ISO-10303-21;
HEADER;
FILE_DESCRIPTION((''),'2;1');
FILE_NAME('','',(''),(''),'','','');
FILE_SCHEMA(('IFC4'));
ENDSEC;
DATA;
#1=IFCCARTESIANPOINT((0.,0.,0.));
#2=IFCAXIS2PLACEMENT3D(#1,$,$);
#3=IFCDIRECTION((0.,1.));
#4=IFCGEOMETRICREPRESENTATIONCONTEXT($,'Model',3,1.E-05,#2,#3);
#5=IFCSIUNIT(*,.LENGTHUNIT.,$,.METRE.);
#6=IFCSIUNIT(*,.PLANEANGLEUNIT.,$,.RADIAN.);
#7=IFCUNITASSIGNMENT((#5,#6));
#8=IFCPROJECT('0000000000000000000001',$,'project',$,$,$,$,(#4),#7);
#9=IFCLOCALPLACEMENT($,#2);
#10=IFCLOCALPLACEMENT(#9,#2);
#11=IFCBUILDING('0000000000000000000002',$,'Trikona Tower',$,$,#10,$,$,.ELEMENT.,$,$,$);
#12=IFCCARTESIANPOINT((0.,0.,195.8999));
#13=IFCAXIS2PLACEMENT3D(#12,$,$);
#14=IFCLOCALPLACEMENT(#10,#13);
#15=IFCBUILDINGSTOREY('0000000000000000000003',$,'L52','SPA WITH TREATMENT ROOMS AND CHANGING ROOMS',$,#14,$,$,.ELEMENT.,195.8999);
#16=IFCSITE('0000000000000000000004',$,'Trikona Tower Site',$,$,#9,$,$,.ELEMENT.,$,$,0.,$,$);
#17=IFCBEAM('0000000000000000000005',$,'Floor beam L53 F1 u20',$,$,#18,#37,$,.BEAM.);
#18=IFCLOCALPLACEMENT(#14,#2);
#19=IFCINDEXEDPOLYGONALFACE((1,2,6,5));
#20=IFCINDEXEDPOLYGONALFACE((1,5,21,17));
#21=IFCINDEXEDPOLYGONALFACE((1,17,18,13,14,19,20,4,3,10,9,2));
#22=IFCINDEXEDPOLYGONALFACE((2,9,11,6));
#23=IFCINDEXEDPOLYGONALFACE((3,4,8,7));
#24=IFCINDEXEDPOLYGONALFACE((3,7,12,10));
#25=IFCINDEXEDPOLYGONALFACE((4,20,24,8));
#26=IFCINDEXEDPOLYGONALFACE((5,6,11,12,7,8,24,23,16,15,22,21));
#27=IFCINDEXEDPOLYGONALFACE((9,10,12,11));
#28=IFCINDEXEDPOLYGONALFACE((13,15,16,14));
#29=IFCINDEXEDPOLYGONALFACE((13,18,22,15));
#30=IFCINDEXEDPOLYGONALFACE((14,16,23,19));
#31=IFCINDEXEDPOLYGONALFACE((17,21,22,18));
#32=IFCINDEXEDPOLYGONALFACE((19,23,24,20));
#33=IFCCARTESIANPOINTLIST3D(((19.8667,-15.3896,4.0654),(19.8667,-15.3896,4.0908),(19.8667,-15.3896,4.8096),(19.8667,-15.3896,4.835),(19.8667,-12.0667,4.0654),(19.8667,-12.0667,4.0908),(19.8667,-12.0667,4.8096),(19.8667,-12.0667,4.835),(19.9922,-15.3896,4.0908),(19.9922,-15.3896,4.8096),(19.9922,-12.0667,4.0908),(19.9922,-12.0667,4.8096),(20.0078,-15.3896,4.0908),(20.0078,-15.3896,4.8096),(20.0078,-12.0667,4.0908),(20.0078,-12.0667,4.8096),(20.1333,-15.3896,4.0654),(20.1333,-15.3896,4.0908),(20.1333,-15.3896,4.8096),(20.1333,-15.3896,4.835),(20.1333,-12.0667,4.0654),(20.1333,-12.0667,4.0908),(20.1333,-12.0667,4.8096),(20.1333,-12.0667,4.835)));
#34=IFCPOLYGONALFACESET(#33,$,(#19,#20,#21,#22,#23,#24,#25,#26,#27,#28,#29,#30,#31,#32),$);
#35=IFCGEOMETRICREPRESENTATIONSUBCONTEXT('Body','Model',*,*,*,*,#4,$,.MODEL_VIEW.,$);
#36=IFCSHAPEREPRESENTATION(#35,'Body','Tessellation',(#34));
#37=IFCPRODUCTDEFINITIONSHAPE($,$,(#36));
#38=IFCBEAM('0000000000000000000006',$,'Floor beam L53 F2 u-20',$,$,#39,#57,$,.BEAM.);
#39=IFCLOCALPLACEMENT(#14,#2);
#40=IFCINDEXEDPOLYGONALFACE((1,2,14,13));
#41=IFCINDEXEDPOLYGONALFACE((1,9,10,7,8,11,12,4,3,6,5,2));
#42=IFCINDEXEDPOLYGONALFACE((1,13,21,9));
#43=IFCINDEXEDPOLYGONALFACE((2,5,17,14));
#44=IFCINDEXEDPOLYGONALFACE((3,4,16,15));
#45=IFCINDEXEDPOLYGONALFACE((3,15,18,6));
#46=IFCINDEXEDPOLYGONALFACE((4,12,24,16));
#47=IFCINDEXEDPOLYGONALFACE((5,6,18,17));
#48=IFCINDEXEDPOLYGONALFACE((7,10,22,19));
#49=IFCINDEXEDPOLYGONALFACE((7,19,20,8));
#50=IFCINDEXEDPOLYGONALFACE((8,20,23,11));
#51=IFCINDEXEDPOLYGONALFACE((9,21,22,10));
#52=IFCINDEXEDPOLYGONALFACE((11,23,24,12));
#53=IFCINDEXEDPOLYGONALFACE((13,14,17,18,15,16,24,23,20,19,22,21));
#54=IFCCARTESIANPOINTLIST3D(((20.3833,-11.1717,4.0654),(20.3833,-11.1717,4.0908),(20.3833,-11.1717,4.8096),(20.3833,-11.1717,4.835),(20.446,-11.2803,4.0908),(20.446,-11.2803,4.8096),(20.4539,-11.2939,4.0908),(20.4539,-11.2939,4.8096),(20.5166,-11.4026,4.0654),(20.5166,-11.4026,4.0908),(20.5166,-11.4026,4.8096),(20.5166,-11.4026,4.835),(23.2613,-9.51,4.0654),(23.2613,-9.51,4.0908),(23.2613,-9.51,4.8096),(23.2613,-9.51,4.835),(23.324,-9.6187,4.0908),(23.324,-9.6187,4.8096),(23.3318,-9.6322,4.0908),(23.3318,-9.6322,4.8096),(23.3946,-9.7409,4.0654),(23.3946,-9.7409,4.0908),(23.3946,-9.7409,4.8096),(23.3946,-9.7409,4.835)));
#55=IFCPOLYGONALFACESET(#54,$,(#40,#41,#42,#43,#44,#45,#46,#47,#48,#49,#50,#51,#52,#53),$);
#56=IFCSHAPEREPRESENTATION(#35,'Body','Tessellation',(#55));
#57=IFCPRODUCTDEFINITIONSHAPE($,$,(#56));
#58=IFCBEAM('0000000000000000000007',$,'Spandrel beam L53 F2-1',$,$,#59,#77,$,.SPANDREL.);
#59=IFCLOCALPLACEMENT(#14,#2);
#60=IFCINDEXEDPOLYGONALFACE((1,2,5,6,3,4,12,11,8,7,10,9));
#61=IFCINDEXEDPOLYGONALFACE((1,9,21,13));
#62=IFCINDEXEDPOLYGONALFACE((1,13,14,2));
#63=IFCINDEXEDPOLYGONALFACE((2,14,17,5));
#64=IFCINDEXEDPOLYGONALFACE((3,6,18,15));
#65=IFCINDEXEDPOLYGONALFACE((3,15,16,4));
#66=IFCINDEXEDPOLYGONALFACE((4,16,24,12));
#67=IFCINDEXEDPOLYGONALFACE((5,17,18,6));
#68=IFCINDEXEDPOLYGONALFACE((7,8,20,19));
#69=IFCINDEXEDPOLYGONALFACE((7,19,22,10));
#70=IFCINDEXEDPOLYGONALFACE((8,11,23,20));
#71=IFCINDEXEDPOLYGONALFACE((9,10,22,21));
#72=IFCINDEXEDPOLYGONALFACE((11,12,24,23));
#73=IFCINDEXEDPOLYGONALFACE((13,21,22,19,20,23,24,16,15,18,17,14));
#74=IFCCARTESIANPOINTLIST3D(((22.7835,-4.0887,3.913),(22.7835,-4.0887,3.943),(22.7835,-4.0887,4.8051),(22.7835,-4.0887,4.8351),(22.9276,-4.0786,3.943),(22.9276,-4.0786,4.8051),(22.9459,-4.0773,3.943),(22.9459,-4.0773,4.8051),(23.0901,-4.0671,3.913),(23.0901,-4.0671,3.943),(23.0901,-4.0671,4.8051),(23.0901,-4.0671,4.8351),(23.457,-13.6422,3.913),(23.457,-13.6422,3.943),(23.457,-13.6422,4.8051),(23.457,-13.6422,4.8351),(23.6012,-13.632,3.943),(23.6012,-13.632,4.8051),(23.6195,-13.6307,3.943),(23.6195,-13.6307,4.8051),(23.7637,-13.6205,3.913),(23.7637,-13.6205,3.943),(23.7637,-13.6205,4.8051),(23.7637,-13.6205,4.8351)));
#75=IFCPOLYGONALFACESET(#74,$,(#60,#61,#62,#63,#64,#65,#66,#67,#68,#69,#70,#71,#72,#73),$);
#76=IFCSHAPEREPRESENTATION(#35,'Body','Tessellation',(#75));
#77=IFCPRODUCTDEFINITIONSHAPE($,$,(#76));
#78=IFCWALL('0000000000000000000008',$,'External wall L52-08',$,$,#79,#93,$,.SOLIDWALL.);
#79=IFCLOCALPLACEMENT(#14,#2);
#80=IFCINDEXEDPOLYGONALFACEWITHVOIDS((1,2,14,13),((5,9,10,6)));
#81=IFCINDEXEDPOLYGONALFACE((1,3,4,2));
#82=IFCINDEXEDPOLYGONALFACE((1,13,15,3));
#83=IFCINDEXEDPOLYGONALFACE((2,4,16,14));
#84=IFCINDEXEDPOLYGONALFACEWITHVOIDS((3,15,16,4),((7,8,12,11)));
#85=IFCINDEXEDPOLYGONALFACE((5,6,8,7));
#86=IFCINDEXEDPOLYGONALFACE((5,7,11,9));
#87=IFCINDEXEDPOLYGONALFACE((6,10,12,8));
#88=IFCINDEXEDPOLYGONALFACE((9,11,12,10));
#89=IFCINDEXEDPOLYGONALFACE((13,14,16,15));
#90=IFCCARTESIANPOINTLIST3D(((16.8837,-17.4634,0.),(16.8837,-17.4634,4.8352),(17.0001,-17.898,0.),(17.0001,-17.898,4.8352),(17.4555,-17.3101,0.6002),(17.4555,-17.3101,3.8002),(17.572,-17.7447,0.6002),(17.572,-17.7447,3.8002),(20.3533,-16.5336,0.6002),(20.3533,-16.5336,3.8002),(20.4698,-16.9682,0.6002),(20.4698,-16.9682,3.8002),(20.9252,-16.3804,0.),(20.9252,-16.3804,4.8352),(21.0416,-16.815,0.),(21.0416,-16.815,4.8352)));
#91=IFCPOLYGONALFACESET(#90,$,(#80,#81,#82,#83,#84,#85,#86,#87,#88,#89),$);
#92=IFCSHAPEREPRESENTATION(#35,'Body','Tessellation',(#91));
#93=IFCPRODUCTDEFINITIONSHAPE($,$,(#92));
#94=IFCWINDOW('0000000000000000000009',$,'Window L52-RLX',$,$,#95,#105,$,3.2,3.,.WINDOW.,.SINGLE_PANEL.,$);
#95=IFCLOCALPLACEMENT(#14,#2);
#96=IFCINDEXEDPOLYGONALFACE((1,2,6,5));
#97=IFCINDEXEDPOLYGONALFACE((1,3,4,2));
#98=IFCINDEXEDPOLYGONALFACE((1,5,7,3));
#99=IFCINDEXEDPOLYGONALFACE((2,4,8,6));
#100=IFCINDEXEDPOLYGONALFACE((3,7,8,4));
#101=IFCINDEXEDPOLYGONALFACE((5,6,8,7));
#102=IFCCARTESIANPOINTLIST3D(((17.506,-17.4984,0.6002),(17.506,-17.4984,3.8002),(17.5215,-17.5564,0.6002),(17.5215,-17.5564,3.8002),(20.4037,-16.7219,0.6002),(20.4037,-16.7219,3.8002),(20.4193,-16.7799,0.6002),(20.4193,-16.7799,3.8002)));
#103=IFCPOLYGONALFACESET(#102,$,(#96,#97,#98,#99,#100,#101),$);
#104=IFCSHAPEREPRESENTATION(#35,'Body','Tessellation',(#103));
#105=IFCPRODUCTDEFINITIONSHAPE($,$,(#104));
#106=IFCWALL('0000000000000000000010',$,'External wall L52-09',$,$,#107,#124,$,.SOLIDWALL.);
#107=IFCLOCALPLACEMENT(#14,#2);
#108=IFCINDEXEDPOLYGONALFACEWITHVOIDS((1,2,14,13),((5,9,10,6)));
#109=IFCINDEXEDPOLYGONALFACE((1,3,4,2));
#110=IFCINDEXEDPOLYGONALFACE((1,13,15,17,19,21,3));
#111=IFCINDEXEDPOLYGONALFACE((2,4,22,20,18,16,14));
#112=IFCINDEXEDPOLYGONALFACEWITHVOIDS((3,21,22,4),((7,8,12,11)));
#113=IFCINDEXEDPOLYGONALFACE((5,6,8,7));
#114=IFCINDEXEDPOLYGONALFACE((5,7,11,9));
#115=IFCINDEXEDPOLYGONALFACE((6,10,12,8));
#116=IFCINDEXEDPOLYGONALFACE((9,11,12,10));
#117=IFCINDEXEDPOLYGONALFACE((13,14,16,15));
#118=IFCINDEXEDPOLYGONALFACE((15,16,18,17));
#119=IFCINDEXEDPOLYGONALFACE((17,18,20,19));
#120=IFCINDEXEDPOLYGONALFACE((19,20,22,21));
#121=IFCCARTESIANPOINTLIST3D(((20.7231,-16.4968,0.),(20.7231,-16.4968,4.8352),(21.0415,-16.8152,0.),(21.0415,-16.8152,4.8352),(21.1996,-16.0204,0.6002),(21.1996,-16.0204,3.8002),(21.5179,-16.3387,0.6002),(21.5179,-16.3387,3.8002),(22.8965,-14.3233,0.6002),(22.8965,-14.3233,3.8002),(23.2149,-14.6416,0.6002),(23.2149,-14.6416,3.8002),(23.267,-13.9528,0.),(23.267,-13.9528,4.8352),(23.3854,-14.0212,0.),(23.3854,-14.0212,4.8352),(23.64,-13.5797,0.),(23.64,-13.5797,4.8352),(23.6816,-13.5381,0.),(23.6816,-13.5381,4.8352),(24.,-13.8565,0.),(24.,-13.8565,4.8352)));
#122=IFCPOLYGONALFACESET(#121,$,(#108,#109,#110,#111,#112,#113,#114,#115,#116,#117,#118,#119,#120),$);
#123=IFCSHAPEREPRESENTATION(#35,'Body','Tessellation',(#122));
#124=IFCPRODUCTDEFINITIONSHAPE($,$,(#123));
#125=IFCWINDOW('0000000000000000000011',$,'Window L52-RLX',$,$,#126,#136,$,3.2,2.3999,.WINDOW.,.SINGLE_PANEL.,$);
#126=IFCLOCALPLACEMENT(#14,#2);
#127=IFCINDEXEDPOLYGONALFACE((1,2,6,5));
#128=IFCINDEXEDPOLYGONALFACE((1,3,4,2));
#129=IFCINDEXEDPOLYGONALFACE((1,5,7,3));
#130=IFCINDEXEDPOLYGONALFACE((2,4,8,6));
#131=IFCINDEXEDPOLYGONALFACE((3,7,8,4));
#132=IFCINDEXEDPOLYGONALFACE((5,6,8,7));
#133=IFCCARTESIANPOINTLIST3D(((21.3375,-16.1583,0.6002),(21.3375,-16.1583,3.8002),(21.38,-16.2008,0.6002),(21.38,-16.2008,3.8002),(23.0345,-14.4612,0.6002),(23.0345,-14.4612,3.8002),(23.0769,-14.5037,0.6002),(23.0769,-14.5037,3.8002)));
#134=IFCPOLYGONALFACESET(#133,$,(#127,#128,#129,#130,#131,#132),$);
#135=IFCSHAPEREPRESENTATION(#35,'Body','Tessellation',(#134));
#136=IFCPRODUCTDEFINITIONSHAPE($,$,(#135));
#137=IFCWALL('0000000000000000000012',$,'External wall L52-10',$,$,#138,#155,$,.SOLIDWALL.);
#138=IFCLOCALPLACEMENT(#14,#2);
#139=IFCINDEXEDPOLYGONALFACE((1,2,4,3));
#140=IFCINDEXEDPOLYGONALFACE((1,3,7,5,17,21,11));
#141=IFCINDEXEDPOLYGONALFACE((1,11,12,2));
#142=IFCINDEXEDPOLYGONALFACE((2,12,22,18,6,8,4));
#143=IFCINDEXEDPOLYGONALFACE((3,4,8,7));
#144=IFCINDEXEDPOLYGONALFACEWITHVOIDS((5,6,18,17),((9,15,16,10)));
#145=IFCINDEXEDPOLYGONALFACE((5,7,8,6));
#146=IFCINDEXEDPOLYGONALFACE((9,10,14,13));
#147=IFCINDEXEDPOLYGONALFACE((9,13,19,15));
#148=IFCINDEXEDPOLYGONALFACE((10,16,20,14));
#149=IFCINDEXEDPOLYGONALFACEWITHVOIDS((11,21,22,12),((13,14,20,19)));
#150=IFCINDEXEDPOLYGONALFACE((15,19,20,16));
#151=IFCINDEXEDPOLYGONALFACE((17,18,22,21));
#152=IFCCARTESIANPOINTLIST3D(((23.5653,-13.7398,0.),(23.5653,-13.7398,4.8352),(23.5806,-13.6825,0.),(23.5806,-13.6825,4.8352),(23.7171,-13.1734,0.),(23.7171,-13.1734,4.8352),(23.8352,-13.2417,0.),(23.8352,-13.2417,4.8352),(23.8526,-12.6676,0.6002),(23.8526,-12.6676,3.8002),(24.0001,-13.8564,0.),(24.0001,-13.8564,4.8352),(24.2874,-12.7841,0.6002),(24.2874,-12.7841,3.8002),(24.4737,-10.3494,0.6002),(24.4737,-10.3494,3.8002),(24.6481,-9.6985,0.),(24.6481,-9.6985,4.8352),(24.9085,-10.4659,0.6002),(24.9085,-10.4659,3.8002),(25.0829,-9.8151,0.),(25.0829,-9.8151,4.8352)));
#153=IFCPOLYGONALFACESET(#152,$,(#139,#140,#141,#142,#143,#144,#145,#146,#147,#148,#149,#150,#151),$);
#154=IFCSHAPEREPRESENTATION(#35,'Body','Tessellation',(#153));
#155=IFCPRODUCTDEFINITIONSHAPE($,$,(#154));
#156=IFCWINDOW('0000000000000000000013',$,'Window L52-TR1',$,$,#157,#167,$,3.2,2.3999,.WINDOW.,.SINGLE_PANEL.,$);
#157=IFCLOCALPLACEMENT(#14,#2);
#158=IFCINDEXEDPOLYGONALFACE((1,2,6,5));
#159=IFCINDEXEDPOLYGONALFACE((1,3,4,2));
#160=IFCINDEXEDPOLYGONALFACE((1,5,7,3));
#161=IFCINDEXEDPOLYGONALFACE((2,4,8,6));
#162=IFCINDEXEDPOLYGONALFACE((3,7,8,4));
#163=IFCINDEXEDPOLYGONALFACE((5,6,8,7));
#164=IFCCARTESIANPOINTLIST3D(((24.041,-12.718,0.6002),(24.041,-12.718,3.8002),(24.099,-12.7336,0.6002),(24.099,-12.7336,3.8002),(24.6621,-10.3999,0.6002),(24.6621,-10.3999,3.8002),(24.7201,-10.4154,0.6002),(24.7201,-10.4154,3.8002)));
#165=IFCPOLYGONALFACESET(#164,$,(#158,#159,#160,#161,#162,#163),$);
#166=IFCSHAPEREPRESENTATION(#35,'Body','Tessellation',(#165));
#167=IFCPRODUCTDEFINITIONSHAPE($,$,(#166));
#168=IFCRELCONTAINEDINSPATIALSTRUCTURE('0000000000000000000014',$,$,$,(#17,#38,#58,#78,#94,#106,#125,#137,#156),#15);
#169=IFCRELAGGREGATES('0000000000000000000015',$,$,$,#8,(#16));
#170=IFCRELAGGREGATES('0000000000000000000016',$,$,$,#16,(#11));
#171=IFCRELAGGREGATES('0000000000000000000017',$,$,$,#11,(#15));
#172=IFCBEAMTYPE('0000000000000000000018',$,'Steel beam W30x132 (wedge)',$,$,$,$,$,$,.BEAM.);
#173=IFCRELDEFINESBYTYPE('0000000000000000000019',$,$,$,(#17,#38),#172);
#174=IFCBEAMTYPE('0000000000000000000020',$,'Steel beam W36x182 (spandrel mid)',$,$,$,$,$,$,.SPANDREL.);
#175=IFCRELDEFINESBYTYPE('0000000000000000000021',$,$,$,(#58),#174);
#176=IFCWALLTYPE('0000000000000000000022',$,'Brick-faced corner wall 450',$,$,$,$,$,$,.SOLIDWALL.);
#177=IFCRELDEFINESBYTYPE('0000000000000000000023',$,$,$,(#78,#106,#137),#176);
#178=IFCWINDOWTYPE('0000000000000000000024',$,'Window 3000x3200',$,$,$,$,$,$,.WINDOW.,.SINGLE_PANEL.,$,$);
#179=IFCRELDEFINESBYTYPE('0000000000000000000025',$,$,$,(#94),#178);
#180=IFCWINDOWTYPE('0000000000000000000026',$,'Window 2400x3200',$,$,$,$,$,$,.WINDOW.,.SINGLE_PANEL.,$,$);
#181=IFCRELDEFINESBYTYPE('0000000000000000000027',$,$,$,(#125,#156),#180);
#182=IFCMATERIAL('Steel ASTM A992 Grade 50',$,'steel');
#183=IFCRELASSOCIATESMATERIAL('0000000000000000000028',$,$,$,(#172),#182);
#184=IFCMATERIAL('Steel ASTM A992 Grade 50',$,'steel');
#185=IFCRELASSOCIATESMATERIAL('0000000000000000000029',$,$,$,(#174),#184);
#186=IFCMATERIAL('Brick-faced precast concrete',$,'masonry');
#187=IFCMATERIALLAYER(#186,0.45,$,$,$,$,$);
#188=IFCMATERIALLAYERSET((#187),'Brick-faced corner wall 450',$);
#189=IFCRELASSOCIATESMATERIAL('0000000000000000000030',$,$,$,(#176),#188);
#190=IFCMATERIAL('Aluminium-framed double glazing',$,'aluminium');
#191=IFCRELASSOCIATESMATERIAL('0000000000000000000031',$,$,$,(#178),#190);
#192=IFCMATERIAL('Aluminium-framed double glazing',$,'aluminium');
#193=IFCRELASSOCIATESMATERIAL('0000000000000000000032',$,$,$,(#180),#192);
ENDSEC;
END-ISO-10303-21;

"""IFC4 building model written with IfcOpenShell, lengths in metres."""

from ifc_helpers import new_model, si_unit, direction, frame, frame_2d, origin, origin_2d, place, context, subcontext, project, spatial, polyline, rectangle, i_section, outline, extrude, material, layer, layer_set, material_profile, profile_set, type_object, element, fill, save


model = new_model("IFC4")

# Units and contexts
model_context = context("Model", 3, precision=1e-05, world=origin(), true_north=direction((0.0, 1.0)))
body_context = subcontext(model_context, "Body", "Model", "MODEL_VIEW")
ifc_project = project(units=[si_unit("LENGTHUNIT", "METRE"), si_unit("PLANEANGLEUNIT", "RADIAN")], contexts=[model_context])

# Site, building, storey
site_placement = place(None, origin())
site = spatial("IfcSite", under=ifc_project, at=site_placement, Name="Trikona Tower Site", CompositionType="ELEMENT", RefElevation=0.0)
building_placement = place(site_placement, origin())
building = spatial("IfcBuilding", under=site, at=building_placement, Name="Trikona Tower", CompositionType="ELEMENT")
storey_placement = place(building_placement, frame((0.0, 0.0, 195.8999)))
storey = spatial("IfcBuildingStorey", under=building, at=storey_placement, Name="L52", Description="SPA WITH TREATMENT ROOMS AND CHANGING ROOMS", CompositionType="ELEMENT", Elevation=195.8999)

# Beams
ifc_material_1 = material(Name="Steel ASTM A992 Grade 50", Category="steel")
ifc_material_profile_1 = material_profile(ifc_material_1, i_section(OverallWidth=0.2666, OverallDepth=0.7695, WebThickness=0.0156, FlangeThickness=0.0254, at=origin_2d()), Name="W30X132")
ifc_profile_set_1 = profile_set([ifc_material_profile_1], Name="Steel ASTM A992 Grade 50")
beam_type_1 = type_object("IfcBeamType", Name="Steel beam W30x132 (wedge)", PredefinedType="BEAM", material=ifc_profile_set_1)
beam_1_placement = place(storey_placement, frame((20.0, -12.0667, 4.4502), z_axis=(0.0, -1.0, 0.0), x_axis=(1.0, 0.0, 0.0)))
element("IfcBeam", 1, at=beam_1_placement, inside=storey, type_object=beam_type_1, Name="Floor beam L53 F1 u20", PredefinedType="BEAM", context=body_context, shape_type="SweptSolid", body=[
    extrude(i_section(OverallWidth=0.2666, OverallDepth=0.7695, WebThickness=0.0156, FlangeThickness=0.0254, at=origin_2d()), origin(), (0.0, 0.0, 1.0), 3.323),
])
beam_2_placement = place(storey_placement, frame((20.45, -11.2871, 4.4502), z_axis=(0.866019, 0.500011, 0.0), x_axis=(-0.500011, 0.866019, 0.0)))
element("IfcBeam", 2, at=beam_2_placement, inside=storey, type_object=beam_type_1, Name="Floor beam L53 F2 u-20", PredefinedType="BEAM", context=body_context, shape_type="SweptSolid", body=[
    extrude(i_section(OverallWidth=0.2666, OverallDepth=0.7695, WebThickness=0.0156, FlangeThickness=0.0254, at=origin_2d()), origin(), (0.0, 0.0, 1.0), 3.3232),
])
ifc_material_2 = material(Name="Steel ASTM A992 Grade 50", Category="steel")
ifc_material_profile_2 = material_profile(ifc_material_2, i_section(OverallWidth=0.3074, OverallDepth=0.9221, WebThickness=0.0183, FlangeThickness=0.03, at=origin_2d()), Name="W36X182")
ifc_profile_set_2 = profile_set([ifc_material_profile_2], Name="Steel ASTM A992 Grade 50")
beam_type_2 = type_object("IfcBeamType", Name="Steel beam W36x182 (spandrel mid)", PredefinedType="SPANDREL", material=ifc_profile_set_2)
beam_3_placement = place(storey_placement, frame((23.6104, -13.6313, 4.374), z_axis=(-0.070332, 0.997524, 0.0), x_axis=(-0.997524, -0.070332, 0.0)))
element("IfcBeam", 3, at=beam_3_placement, inside=storey, type_object=beam_type_2, Name="Spandrel beam L53 F2-1", PredefinedType="SPANDREL", context=body_context, shape_type="SweptSolid", body=[
    extrude(i_section(OverallWidth=0.3074, OverallDepth=0.9221, WebThickness=0.0183, FlangeThickness=0.03, at=origin_2d()), origin(), (0.0, 0.0, 1.0), 9.5771),
])

# Walls, openings, windows
ifc_material_3 = material(Name="Brick-faced precast concrete", Category="masonry")
ifc_layer_1 = layer(ifc_material_3, 0.45)
ifc_layer_set_1 = layer_set([ifc_layer_1], Name="Brick-faced corner wall 450")
wall_type_1 = type_object("IfcWallType", Name="Brick-faced corner wall 450", PredefinedType="SOLIDWALL", material=ifc_layer_set_1)
wall_1_placement = place(storey_placement, frame((16.9419, -17.6807, 0.0), z_axis=(0.0, 0.0, 1.0), x_axis=(0.96592, 0.258839, 0.0)))
wall_1 = element("IfcWall", 4, at=wall_1_placement, inside=storey, type_object=wall_type_1, Name="External wall L52-08", PredefinedType="SOLIDWALL", context=body_context, shape_type="SweptSolid", body=[
    extrude(rectangle(XDim=4.1841, YDim=0.45, at=frame_2d((2.092, 0.0))), origin(), (0.0, 0.0, 1.0), 4.8352),
])
opening_1_placement = place(wall_1_placement, frame((0.592, 0.0, 0.6001)))
opening_1 = element("IfcOpeningElement", 5, at=opening_1_placement, cuts=wall_1, PredefinedType="OPENING", context=body_context, shape_type="SweptSolid", body=[
    extrude(rectangle(XDim=3.0, YDim=3.2, at=frame_2d((1.5, 1.6001))), frame((0.0, 0.2349, 0.0), z_axis=(0.0, -1.0, 0.0), x_axis=(1.0, 0.0, 0.0)), (0.0, 0.0, 1.0), 0.47),
])
ifc_material_4 = material(Name="Aluminium-framed double glazing", Category="aluminium")
window_type_1 = type_object("IfcWindowType", Name="Window 3000x3200", PartitioningType="SINGLE_PANEL", PredefinedType="WINDOW", material=ifc_material_4)
window_1_placement = place(opening_1_placement, origin())
window_1 = element("IfcWindow", 6, at=window_1_placement, inside=storey, type_object=window_type_1, Name="Window L52-RLX", OverallHeight=3.2, OverallWidth=3.0, PartitioningType="SINGLE_PANEL", PredefinedType="WINDOW", context=body_context, shape_type="SweptSolid", body=[
    extrude(rectangle(XDim=3.0, YDim=3.2, at=frame_2d((1.5, 1.6001))), frame((0.0, 0.03, 0.0), z_axis=(0.0, -1.0, 0.0), x_axis=(1.0, 0.0, 0.0)), (0.0, 0.0, 1.0), 0.0601),
])
fill(opening_1, window_1)
wall_2_placement = place(storey_placement, frame((20.8823, -16.656, 0.0), z_axis=(0.0, 0.0, 1.0), x_axis=(0.707078, 0.707136, 0.0)))
wall_2 = element("IfcWall", 7, at=wall_2_placement, inside=storey, type_object=wall_type_1, Name="External wall L52-09", PredefinedType="SOLIDWALL", context=body_context, shape_type="SweptSolid", body=[
    extrude(outline(polyline([(4.1841, 0.2251), (4.1252, 0.2251), (3.6331, 0.093), (3.5977, 0.2251), (0.0, 0.2251), (0.0, -0.2251), (4.1841, -0.2251), (4.1841, 0.2251)])), origin(), (0.0, 0.0, 1.0), 4.8352),
])
opening_2_placement = place(wall_2_placement, frame((0.6738, 0.0, 0.6001)))
opening_2 = element("IfcOpeningElement", 8, at=opening_2_placement, cuts=wall_2, PredefinedType="OPENING", context=body_context, shape_type="SweptSolid", body=[
    extrude(rectangle(XDim=2.3999, YDim=3.2, at=frame_2d((1.2, 1.6001))), frame((0.0, 0.2349, 0.0), z_axis=(0.0, -1.0, 0.0), x_axis=(1.0, 0.0, 0.0)), (0.0, 0.0, 1.0), 0.47),
])
ifc_material_5 = material(Name="Aluminium-framed double glazing", Category="aluminium")
window_type_2 = type_object("IfcWindowType", Name="Window 2400x3200", PartitioningType="SINGLE_PANEL", PredefinedType="WINDOW", material=ifc_material_5)
window_2_placement = place(opening_2_placement, origin())
window_2 = element("IfcWindow", 9, at=window_2_placement, inside=storey, type_object=window_type_2, Name="Window L52-RLX", OverallHeight=3.2, OverallWidth=2.3999, PartitioningType="SINGLE_PANEL", PredefinedType="WINDOW", context=body_context, shape_type="SweptSolid", body=[
    extrude(rectangle(XDim=2.3999, YDim=3.2, at=frame_2d((1.2, 1.6001))), frame((0.0, 0.03, 0.0), z_axis=(0.0, -1.0, 0.0), x_axis=(1.0, 0.0, 0.0)), (0.0, 0.0, 1.0), 0.0601),
])
fill(opening_2, window_2)
wall_3_placement = place(storey_placement, frame((23.7827, -13.7981, 0.0), z_axis=(0.0, 0.0, 1.0), x_axis=(0.258799, 0.965931, 0.0)))
wall_3 = element("IfcWall", 10, at=wall_3_placement, inside=storey, type_object=wall_type_1, Name="External wall L52-10", PredefinedType="SOLIDWALL", context=body_context, shape_type="SweptSolid", body=[
    extrude(outline(polyline([(4.1838, 0.2251), (0.5864, 0.2251), (0.551, 0.0933), (0.0593, 0.2251), (0.0, 0.2251), (0.0, -0.2251), (4.1838, -0.2251), (4.1838, 0.2251)])), origin(), (0.0, 0.0, 1.0), 4.8352),
])
opening_3_placement = place(wall_3_placement, frame((1.1101, 0.0, 0.6001)))
opening_3 = element("IfcOpeningElement", 11, at=opening_3_placement, cuts=wall_3, PredefinedType="OPENING", context=body_context, shape_type="SweptSolid", body=[
    extrude(rectangle(XDim=2.3999, YDim=3.2, at=frame_2d((1.2, 1.6001))), frame((0.0, 0.2349, 0.0), z_axis=(0.0, -1.0, 0.0), x_axis=(1.0, 0.0, 0.0)), (0.0, 0.0, 1.0), 0.47),
])
window_3_placement = place(opening_3_placement, origin())
window_3 = element("IfcWindow", 12, at=window_3_placement, inside=storey, type_object=window_type_2, Name="Window L52-TR1", OverallHeight=3.2, OverallWidth=2.3999, PartitioningType="SINGLE_PANEL", PredefinedType="WINDOW", context=body_context, shape_type="SweptSolid", body=[
    extrude(rectangle(XDim=2.3999, YDim=3.2, at=frame_2d((1.2, 1.6001))), frame((0.0, 0.03, 0.0), z_axis=(0.0, -1.0, 0.0), x_axis=(1.0, 0.0, 0.0)), (0.0, 0.0, 1.0), 0.0601),
])
fill(opening_3, window_3)

save(model, "model.ifc")
